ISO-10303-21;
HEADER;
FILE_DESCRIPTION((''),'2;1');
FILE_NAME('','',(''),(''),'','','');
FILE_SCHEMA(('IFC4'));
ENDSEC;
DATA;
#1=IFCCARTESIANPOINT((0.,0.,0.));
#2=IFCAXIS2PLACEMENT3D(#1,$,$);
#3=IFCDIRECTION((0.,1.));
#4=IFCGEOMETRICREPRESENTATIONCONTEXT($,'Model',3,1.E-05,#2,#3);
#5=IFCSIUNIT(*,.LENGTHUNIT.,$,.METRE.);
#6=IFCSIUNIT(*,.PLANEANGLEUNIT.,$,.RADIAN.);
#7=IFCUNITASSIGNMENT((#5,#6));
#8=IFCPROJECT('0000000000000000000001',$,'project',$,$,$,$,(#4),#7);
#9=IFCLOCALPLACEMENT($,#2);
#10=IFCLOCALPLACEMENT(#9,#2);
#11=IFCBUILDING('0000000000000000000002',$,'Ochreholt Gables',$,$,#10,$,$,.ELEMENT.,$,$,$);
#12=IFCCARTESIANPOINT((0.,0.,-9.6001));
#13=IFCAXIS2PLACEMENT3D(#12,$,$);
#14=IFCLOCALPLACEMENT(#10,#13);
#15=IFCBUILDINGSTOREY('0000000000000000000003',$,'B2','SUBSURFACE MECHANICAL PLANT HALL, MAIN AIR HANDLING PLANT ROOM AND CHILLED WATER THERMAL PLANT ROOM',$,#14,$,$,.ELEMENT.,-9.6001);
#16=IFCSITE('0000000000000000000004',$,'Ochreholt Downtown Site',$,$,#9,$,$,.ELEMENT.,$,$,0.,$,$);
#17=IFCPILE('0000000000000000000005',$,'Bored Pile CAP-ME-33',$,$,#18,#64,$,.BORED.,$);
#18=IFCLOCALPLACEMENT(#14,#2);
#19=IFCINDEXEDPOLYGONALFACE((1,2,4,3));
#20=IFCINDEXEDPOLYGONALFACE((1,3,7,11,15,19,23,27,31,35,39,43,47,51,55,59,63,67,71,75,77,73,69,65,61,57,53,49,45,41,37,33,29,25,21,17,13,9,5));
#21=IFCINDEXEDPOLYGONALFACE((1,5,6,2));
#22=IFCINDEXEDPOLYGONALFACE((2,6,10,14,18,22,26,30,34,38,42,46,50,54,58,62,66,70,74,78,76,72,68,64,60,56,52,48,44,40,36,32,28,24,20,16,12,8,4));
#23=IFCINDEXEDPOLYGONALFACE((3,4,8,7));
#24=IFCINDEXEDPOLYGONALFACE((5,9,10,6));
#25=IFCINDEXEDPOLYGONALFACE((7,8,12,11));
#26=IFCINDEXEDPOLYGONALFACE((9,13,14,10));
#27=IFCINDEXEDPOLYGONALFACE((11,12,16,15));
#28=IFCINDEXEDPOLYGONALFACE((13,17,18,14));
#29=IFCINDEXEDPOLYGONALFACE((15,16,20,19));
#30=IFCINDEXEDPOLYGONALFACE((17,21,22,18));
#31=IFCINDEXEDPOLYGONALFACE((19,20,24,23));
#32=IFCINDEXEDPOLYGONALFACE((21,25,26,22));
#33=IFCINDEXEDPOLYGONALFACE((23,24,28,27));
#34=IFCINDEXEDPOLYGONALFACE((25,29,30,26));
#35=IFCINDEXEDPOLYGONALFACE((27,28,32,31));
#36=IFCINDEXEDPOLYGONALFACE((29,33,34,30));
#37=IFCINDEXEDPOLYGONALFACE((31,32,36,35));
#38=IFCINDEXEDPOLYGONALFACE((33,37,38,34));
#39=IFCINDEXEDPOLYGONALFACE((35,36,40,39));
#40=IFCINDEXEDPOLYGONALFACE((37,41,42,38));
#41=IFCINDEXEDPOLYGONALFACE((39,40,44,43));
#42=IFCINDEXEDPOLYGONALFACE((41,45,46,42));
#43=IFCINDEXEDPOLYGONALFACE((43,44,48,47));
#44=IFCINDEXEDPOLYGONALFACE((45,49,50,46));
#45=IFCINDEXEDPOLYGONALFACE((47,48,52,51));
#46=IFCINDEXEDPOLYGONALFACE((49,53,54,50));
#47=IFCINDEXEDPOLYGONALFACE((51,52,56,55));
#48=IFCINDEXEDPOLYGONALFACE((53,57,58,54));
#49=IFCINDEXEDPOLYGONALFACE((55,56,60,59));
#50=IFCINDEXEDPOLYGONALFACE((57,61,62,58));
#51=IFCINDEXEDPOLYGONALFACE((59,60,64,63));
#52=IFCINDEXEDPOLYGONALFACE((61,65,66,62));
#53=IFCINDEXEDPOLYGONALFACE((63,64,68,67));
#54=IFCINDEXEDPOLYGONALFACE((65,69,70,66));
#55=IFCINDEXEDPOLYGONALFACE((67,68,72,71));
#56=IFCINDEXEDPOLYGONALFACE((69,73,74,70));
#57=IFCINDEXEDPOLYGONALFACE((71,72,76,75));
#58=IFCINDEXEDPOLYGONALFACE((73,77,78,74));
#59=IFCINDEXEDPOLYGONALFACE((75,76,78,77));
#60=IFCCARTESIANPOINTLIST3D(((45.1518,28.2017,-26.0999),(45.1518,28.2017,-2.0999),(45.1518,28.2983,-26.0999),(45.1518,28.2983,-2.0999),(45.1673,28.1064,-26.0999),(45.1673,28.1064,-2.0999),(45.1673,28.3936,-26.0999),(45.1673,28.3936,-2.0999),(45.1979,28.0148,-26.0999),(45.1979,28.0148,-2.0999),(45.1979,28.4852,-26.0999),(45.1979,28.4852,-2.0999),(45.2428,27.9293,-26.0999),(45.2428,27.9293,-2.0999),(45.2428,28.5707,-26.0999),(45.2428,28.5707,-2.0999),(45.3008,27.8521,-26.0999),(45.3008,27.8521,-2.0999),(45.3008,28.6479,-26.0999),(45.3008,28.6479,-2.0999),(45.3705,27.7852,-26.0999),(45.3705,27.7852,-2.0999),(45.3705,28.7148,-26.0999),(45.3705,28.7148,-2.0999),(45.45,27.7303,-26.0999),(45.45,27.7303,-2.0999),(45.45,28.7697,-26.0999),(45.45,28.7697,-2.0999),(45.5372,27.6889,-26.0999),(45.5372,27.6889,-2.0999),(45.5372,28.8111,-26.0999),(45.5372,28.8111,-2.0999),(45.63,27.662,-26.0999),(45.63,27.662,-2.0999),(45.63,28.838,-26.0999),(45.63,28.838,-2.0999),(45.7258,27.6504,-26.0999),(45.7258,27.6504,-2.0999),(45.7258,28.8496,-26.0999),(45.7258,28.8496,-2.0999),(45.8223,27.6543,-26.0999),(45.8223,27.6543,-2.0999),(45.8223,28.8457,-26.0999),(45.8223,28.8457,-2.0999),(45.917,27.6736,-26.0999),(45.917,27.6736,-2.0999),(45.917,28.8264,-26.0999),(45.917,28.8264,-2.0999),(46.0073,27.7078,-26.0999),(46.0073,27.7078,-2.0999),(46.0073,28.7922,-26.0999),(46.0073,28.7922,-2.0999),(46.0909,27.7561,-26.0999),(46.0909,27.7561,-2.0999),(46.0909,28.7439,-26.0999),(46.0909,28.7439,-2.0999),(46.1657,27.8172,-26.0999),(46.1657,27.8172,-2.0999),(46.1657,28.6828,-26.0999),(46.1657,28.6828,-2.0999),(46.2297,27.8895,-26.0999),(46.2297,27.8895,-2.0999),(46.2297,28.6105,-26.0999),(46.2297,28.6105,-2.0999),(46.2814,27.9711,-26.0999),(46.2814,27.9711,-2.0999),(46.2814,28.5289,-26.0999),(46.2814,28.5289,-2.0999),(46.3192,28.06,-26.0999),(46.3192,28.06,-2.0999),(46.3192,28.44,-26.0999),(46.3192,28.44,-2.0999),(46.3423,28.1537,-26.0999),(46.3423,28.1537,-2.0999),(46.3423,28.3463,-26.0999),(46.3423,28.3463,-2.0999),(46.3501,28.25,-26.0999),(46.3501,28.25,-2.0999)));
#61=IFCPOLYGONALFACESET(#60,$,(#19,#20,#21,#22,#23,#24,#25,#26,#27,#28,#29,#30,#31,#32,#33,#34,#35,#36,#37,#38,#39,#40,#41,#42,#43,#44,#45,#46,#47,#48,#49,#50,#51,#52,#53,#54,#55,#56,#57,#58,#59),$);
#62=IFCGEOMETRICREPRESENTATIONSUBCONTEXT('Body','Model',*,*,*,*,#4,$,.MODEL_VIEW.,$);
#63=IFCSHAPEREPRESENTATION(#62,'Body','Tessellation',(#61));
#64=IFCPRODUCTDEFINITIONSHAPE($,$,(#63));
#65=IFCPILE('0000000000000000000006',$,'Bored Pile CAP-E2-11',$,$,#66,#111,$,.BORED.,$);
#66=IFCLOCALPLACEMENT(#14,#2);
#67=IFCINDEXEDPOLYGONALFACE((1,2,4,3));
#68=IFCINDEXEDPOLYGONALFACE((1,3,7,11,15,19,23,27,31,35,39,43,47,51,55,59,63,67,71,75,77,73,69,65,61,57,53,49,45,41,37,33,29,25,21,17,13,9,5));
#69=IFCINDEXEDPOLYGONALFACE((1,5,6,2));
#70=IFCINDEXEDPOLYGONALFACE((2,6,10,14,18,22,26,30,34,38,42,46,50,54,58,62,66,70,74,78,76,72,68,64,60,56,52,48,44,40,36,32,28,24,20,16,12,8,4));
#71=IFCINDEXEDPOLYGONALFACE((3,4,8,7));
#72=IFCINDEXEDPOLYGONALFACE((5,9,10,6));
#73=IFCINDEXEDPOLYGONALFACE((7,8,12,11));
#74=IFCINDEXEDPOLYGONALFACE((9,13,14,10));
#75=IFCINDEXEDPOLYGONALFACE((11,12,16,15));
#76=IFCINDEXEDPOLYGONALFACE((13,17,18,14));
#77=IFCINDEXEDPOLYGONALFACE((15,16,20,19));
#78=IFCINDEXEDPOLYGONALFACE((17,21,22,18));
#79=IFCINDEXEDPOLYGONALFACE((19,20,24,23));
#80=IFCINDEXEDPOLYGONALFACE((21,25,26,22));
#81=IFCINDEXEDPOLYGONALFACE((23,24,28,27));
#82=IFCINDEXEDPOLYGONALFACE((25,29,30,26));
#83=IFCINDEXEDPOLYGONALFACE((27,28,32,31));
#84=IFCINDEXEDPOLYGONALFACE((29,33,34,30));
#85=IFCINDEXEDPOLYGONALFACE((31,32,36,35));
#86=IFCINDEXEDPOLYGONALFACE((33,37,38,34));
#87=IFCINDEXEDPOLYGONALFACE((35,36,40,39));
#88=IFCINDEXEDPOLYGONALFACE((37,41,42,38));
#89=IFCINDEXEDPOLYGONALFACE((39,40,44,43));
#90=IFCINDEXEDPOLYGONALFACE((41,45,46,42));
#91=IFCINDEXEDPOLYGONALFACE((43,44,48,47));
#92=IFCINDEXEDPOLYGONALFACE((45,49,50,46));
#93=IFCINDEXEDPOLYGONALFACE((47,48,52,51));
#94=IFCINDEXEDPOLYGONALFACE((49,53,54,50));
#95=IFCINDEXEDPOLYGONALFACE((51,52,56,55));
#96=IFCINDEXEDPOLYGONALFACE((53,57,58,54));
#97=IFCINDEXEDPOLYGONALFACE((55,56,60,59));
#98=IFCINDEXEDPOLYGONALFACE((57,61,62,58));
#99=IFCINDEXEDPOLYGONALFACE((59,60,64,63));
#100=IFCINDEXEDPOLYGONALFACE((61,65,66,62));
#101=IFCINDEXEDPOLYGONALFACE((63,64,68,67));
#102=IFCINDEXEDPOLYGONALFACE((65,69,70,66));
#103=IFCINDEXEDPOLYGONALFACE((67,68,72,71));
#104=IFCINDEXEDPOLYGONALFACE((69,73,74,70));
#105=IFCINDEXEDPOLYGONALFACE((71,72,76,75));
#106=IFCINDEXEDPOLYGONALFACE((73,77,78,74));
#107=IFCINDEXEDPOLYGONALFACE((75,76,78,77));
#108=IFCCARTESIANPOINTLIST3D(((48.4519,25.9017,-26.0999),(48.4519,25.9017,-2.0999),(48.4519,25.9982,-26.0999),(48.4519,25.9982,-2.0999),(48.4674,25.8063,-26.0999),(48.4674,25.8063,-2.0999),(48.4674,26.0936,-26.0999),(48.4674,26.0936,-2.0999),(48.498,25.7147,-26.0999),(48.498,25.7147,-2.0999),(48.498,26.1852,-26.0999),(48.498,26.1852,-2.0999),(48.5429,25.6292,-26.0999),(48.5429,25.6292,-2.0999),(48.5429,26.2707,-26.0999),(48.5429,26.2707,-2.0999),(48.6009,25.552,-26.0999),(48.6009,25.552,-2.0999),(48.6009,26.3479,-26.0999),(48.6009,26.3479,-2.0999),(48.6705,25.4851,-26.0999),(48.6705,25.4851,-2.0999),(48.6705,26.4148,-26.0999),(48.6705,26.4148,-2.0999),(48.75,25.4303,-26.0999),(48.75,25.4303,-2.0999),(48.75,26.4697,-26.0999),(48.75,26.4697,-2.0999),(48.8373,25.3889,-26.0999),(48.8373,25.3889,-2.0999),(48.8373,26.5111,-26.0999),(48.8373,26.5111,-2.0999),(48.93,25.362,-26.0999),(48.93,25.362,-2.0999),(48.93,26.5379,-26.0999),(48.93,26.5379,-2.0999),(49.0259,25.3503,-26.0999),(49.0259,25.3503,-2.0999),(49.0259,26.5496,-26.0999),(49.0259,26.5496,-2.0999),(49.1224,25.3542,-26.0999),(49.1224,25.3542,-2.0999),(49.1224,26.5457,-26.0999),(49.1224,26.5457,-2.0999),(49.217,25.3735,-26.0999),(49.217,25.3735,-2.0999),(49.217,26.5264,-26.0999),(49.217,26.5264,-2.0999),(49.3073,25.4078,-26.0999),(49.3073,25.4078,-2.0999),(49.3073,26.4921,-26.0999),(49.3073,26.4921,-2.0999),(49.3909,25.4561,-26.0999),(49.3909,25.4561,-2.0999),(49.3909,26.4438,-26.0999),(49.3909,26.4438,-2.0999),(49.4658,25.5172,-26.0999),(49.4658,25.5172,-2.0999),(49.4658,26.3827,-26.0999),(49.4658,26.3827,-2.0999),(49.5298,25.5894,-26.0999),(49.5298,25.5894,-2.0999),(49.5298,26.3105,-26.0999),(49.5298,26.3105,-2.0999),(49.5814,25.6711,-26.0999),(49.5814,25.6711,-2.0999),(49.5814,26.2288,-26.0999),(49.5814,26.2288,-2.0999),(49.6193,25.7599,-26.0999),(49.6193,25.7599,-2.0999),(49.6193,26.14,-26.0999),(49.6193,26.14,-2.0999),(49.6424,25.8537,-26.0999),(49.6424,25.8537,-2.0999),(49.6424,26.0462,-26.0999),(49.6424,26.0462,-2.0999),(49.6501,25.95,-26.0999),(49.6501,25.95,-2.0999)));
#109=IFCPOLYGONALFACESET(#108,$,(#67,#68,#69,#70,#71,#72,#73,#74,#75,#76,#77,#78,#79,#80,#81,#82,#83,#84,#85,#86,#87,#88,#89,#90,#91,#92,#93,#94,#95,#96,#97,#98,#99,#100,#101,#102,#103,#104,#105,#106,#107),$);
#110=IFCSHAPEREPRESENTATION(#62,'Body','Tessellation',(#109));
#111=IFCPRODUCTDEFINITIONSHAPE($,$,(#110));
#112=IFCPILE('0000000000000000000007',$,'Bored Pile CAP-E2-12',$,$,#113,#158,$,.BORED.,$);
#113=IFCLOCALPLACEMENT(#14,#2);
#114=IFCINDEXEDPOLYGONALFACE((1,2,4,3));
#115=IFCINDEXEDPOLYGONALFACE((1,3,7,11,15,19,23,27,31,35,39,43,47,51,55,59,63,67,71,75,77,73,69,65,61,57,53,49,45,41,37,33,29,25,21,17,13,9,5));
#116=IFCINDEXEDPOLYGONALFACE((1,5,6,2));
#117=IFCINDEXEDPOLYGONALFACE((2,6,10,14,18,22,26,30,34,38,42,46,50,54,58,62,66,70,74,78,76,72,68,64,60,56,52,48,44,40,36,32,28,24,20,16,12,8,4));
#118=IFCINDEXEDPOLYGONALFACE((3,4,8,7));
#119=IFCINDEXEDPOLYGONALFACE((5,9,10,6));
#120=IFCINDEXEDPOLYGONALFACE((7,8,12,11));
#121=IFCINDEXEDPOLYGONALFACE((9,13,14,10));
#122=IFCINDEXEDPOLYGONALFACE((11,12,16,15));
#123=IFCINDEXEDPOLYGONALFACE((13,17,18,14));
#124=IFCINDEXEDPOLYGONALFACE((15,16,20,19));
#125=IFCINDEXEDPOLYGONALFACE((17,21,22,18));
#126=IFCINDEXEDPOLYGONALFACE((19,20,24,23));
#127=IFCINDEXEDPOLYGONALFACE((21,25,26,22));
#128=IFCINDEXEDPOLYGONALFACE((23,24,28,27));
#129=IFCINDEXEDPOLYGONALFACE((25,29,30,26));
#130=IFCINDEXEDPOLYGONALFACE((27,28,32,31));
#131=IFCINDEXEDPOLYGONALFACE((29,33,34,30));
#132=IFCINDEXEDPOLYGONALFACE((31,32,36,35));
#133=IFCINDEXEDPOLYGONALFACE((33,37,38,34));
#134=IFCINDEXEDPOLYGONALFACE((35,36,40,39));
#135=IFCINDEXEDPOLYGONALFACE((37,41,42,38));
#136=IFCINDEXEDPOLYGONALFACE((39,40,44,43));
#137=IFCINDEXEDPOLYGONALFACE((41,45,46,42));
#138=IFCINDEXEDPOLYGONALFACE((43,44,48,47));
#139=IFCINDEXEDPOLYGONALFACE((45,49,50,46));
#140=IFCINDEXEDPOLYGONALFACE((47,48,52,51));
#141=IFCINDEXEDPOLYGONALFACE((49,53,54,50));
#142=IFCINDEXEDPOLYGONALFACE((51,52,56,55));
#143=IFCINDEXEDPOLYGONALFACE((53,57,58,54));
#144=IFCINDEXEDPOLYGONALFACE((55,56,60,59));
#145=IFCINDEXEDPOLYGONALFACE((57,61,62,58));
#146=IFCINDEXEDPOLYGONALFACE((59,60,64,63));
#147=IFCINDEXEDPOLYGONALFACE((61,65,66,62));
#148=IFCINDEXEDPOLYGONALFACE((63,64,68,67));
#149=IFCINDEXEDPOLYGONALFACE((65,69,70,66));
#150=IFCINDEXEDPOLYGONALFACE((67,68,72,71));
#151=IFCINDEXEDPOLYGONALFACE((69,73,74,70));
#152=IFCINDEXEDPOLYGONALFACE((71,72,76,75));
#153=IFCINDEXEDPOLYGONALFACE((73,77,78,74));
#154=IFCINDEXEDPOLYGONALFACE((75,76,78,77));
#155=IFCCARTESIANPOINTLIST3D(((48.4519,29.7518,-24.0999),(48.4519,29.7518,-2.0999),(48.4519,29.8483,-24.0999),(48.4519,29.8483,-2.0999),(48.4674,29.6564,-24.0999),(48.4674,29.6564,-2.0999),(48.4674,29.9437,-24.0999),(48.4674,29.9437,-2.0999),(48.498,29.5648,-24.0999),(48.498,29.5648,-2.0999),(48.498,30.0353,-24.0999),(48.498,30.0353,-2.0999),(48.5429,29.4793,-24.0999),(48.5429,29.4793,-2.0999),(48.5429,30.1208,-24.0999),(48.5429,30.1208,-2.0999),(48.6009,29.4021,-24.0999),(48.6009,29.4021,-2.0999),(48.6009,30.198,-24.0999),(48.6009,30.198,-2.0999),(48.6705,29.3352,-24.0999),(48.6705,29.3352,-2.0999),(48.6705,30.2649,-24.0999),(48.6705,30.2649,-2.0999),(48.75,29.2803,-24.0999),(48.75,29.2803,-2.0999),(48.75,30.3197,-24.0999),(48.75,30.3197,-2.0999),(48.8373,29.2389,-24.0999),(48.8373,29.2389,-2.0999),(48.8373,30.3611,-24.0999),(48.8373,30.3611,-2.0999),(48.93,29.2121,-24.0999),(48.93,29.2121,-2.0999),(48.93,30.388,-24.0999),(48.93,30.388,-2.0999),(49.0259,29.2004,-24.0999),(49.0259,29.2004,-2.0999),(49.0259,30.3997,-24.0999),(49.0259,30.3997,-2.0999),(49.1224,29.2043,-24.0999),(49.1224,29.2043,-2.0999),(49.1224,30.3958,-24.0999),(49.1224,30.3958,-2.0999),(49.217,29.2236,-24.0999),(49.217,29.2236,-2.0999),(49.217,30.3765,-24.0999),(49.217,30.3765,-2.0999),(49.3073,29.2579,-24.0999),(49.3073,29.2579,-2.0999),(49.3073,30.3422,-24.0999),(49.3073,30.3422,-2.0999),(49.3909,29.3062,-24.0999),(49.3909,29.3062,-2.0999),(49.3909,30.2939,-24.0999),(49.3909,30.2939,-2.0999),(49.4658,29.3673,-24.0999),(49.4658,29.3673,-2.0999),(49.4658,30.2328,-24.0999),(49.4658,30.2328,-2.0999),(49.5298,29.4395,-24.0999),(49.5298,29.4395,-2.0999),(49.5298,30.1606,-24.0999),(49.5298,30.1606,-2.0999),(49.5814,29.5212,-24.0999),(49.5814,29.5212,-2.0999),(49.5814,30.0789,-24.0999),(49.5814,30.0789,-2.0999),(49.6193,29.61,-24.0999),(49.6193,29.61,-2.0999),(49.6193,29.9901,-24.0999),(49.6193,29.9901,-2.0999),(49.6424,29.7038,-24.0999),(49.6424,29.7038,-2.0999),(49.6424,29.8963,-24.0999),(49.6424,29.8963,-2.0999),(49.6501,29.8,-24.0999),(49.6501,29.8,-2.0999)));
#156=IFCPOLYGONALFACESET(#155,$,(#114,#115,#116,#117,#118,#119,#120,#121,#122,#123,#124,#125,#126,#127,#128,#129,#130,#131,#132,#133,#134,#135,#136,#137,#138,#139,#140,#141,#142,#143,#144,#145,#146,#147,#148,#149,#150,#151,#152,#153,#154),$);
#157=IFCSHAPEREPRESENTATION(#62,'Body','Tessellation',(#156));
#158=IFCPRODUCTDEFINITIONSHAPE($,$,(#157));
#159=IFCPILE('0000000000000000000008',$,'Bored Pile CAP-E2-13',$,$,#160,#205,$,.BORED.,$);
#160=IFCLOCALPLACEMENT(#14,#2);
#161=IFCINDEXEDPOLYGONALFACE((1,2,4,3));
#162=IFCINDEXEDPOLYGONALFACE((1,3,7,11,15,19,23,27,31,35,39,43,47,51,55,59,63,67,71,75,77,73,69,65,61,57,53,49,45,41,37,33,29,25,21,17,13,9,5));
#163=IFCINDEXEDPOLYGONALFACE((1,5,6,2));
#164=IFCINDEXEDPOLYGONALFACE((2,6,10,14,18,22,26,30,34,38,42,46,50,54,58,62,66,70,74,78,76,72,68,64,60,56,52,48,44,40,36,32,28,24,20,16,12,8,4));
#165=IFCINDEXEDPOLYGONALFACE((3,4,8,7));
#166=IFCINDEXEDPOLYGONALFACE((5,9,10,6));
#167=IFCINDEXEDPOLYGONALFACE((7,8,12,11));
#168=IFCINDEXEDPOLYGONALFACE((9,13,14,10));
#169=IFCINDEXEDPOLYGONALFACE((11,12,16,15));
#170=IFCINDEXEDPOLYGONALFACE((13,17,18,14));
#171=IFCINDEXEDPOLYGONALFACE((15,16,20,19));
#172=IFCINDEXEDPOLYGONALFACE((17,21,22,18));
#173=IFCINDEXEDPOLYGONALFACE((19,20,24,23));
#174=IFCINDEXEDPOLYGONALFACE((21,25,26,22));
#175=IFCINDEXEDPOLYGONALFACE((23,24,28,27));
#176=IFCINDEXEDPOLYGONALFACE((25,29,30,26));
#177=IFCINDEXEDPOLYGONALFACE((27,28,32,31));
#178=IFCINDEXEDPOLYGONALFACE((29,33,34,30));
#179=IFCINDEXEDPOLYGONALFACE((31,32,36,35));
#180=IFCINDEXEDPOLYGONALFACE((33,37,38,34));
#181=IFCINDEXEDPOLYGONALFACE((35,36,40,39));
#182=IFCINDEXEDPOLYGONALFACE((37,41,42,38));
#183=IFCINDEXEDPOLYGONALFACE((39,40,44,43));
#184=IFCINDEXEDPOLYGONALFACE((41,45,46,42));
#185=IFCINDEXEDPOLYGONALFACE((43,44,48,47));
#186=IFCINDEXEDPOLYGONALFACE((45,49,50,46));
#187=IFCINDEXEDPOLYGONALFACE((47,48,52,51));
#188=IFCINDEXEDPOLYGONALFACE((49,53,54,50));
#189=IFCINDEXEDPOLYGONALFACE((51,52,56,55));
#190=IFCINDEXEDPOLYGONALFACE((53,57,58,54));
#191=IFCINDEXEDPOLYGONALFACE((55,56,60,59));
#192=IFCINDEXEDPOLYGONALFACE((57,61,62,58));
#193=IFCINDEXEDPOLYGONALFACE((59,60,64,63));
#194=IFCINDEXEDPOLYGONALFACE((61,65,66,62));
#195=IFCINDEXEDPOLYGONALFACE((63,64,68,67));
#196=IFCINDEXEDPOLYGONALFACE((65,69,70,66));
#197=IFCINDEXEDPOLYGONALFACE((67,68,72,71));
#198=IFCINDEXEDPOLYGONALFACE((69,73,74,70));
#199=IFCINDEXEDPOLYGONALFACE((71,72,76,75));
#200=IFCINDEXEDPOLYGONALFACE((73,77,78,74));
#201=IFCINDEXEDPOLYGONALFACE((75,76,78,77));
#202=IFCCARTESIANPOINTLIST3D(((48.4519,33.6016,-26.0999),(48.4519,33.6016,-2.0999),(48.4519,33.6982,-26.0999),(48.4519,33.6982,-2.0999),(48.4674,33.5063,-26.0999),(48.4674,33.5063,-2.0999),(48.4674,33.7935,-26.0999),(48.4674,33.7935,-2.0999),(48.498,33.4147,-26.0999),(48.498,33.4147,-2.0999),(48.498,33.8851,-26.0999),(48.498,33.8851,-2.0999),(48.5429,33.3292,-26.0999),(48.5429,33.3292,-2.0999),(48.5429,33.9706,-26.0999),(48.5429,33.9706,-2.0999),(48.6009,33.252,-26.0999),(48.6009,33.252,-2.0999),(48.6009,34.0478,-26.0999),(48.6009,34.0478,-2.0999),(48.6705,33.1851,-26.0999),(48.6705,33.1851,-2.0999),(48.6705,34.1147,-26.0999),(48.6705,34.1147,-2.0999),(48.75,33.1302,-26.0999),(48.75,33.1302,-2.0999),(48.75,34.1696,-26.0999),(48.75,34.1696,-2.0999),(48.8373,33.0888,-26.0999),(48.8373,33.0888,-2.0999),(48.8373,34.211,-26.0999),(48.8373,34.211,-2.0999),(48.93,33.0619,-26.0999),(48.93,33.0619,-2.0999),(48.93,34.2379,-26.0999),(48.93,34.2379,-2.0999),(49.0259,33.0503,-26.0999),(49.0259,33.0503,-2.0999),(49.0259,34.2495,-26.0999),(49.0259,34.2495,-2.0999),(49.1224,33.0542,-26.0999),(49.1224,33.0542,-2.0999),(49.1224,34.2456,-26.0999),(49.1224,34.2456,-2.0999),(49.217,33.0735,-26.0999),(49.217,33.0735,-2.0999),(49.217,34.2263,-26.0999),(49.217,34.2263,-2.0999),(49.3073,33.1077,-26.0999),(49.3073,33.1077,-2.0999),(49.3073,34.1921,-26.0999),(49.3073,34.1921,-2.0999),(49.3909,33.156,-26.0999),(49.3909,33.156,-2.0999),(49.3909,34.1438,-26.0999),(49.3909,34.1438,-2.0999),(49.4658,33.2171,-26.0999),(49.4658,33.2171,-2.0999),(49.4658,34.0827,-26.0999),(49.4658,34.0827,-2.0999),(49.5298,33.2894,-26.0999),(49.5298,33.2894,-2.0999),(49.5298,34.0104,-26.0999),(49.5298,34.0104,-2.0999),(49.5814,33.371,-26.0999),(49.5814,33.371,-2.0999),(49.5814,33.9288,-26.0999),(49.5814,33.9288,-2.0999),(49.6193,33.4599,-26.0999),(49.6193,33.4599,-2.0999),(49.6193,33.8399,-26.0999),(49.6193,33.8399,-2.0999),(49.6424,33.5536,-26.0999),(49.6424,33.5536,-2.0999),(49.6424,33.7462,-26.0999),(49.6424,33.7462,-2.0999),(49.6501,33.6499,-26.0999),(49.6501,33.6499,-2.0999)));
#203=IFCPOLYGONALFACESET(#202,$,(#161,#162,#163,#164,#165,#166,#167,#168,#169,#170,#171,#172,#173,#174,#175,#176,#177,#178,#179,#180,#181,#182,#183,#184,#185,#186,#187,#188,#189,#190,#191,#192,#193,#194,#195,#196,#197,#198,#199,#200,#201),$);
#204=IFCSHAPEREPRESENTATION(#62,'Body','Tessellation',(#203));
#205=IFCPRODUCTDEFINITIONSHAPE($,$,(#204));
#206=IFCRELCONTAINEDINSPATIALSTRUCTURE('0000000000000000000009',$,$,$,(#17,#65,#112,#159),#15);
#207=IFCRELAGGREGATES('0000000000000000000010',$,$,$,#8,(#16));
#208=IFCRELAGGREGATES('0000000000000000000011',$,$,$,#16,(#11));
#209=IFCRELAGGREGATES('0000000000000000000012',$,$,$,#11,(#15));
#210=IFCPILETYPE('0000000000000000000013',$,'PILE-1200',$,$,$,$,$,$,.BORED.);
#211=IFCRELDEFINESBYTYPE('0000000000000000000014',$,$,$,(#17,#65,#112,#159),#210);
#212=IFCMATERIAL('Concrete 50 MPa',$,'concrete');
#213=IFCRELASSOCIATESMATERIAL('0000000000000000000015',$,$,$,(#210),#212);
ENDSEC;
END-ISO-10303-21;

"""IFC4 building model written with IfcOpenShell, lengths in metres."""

from ifc_helpers import new_model, si_unit, direction, frame, origin, origin_2d, place, context, subcontext, project, spatial, circle, extrude, material, material_profile, profile_set, type_object, element, save


model = new_model("IFC4")

# Units and contexts
model_context = context("Model", 3, precision=1e-05, world=origin(), true_north=direction((0.0, 1.0)))
body_context = subcontext(model_context, "Body", "Model", "MODEL_VIEW")
ifc_project = project(units=[si_unit("LENGTHUNIT", "METRE"), si_unit("PLANEANGLEUNIT", "RADIAN")], contexts=[model_context])

# Site, building, storey
site_placement = place(None, origin())
site = spatial("IfcSite", under=ifc_project, at=site_placement, Name="Ochreholt Downtown Site", CompositionType="ELEMENT", RefElevation=0.0)
building_placement = place(site_placement, origin())
building = spatial("IfcBuilding", under=site, at=building_placement, Name="Ochreholt Gables", CompositionType="ELEMENT")
storey_placement = place(building_placement, frame((0.0, 0.0, -9.6001)))
storey = spatial("IfcBuildingStorey", under=building, at=storey_placement, Name="B2", Description="SUBSURFACE MECHANICAL PLANT HALL, MAIN AIR HANDLING PLANT ROOM AND CHILLED WATER THERMAL PLANT ROOM", CompositionType="ELEMENT", Elevation=-9.6001)

# Shared definitions
ifc_material_1 = material(Name="Concrete 50 MPa", Category="concrete")

# Piles
ifc_material_profile_1 = material_profile(ifc_material_1, circle(Radius=0.6001, at=origin_2d()), Name="PILE1200")
ifc_profile_set_1 = profile_set([ifc_material_profile_1], Name="Concrete 50 MPa")
pile_type = type_object("IfcPileType", Name="PILE-1200", PredefinedType="BORED", material=ifc_profile_set_1)
for number, where, z_axis, x_axis, name in (
    (1, (45.75, 28.25, -2.0999), (0.0, 0.0, -1.0), (1.0, 0.0, 0.0), "Bored Pile CAP-ME-33"),
    (2, (49.05, 25.95, -2.0999), (0.0, 0.0, -1.0), (1.0, 0.0, 0.0), "Bored Pile CAP-E2-11"),
):
    element("IfcPile", number, at=place(storey_placement, frame(where, z_axis=z_axis, x_axis=x_axis)), inside=storey, type_object=pile_type, Name=name, PredefinedType="BORED", context=body_context, shape_type="SweptSolid", body=[
        extrude(circle(Radius=0.6001, at=origin_2d()), origin(), (0.0, 0.0, 1.0), 24.0),
    ])
pile_1_placement = place(storey_placement, frame((49.05, 29.8, -2.0999), z_axis=(0.0, 0.0, -1.0), x_axis=(1.0, 0.0, 0.0)))
element("IfcPile", 3, at=pile_1_placement, inside=storey, type_object=pile_type, Name="Bored Pile CAP-E2-12", PredefinedType="BORED", context=body_context, shape_type="SweptSolid", body=[
    extrude(circle(Radius=0.6001, at=origin_2d()), origin(), (0.0, 0.0, 1.0), 22.0),
])
pile_2_placement = place(storey_placement, frame((49.05, 33.6499, -2.0999), z_axis=(0.0, 0.0, -1.0), x_axis=(1.0, 0.0, 0.0)))
element("IfcPile", 4, at=pile_2_placement, inside=storey, type_object=pile_type, Name="Bored Pile CAP-E2-13", PredefinedType="BORED", context=body_context, shape_type="SweptSolid", body=[
    extrude(circle(Radius=0.6001, at=origin_2d()), origin(), (0.0, 0.0, 1.0), 24.0),
])

save(model, "model.ifc")
